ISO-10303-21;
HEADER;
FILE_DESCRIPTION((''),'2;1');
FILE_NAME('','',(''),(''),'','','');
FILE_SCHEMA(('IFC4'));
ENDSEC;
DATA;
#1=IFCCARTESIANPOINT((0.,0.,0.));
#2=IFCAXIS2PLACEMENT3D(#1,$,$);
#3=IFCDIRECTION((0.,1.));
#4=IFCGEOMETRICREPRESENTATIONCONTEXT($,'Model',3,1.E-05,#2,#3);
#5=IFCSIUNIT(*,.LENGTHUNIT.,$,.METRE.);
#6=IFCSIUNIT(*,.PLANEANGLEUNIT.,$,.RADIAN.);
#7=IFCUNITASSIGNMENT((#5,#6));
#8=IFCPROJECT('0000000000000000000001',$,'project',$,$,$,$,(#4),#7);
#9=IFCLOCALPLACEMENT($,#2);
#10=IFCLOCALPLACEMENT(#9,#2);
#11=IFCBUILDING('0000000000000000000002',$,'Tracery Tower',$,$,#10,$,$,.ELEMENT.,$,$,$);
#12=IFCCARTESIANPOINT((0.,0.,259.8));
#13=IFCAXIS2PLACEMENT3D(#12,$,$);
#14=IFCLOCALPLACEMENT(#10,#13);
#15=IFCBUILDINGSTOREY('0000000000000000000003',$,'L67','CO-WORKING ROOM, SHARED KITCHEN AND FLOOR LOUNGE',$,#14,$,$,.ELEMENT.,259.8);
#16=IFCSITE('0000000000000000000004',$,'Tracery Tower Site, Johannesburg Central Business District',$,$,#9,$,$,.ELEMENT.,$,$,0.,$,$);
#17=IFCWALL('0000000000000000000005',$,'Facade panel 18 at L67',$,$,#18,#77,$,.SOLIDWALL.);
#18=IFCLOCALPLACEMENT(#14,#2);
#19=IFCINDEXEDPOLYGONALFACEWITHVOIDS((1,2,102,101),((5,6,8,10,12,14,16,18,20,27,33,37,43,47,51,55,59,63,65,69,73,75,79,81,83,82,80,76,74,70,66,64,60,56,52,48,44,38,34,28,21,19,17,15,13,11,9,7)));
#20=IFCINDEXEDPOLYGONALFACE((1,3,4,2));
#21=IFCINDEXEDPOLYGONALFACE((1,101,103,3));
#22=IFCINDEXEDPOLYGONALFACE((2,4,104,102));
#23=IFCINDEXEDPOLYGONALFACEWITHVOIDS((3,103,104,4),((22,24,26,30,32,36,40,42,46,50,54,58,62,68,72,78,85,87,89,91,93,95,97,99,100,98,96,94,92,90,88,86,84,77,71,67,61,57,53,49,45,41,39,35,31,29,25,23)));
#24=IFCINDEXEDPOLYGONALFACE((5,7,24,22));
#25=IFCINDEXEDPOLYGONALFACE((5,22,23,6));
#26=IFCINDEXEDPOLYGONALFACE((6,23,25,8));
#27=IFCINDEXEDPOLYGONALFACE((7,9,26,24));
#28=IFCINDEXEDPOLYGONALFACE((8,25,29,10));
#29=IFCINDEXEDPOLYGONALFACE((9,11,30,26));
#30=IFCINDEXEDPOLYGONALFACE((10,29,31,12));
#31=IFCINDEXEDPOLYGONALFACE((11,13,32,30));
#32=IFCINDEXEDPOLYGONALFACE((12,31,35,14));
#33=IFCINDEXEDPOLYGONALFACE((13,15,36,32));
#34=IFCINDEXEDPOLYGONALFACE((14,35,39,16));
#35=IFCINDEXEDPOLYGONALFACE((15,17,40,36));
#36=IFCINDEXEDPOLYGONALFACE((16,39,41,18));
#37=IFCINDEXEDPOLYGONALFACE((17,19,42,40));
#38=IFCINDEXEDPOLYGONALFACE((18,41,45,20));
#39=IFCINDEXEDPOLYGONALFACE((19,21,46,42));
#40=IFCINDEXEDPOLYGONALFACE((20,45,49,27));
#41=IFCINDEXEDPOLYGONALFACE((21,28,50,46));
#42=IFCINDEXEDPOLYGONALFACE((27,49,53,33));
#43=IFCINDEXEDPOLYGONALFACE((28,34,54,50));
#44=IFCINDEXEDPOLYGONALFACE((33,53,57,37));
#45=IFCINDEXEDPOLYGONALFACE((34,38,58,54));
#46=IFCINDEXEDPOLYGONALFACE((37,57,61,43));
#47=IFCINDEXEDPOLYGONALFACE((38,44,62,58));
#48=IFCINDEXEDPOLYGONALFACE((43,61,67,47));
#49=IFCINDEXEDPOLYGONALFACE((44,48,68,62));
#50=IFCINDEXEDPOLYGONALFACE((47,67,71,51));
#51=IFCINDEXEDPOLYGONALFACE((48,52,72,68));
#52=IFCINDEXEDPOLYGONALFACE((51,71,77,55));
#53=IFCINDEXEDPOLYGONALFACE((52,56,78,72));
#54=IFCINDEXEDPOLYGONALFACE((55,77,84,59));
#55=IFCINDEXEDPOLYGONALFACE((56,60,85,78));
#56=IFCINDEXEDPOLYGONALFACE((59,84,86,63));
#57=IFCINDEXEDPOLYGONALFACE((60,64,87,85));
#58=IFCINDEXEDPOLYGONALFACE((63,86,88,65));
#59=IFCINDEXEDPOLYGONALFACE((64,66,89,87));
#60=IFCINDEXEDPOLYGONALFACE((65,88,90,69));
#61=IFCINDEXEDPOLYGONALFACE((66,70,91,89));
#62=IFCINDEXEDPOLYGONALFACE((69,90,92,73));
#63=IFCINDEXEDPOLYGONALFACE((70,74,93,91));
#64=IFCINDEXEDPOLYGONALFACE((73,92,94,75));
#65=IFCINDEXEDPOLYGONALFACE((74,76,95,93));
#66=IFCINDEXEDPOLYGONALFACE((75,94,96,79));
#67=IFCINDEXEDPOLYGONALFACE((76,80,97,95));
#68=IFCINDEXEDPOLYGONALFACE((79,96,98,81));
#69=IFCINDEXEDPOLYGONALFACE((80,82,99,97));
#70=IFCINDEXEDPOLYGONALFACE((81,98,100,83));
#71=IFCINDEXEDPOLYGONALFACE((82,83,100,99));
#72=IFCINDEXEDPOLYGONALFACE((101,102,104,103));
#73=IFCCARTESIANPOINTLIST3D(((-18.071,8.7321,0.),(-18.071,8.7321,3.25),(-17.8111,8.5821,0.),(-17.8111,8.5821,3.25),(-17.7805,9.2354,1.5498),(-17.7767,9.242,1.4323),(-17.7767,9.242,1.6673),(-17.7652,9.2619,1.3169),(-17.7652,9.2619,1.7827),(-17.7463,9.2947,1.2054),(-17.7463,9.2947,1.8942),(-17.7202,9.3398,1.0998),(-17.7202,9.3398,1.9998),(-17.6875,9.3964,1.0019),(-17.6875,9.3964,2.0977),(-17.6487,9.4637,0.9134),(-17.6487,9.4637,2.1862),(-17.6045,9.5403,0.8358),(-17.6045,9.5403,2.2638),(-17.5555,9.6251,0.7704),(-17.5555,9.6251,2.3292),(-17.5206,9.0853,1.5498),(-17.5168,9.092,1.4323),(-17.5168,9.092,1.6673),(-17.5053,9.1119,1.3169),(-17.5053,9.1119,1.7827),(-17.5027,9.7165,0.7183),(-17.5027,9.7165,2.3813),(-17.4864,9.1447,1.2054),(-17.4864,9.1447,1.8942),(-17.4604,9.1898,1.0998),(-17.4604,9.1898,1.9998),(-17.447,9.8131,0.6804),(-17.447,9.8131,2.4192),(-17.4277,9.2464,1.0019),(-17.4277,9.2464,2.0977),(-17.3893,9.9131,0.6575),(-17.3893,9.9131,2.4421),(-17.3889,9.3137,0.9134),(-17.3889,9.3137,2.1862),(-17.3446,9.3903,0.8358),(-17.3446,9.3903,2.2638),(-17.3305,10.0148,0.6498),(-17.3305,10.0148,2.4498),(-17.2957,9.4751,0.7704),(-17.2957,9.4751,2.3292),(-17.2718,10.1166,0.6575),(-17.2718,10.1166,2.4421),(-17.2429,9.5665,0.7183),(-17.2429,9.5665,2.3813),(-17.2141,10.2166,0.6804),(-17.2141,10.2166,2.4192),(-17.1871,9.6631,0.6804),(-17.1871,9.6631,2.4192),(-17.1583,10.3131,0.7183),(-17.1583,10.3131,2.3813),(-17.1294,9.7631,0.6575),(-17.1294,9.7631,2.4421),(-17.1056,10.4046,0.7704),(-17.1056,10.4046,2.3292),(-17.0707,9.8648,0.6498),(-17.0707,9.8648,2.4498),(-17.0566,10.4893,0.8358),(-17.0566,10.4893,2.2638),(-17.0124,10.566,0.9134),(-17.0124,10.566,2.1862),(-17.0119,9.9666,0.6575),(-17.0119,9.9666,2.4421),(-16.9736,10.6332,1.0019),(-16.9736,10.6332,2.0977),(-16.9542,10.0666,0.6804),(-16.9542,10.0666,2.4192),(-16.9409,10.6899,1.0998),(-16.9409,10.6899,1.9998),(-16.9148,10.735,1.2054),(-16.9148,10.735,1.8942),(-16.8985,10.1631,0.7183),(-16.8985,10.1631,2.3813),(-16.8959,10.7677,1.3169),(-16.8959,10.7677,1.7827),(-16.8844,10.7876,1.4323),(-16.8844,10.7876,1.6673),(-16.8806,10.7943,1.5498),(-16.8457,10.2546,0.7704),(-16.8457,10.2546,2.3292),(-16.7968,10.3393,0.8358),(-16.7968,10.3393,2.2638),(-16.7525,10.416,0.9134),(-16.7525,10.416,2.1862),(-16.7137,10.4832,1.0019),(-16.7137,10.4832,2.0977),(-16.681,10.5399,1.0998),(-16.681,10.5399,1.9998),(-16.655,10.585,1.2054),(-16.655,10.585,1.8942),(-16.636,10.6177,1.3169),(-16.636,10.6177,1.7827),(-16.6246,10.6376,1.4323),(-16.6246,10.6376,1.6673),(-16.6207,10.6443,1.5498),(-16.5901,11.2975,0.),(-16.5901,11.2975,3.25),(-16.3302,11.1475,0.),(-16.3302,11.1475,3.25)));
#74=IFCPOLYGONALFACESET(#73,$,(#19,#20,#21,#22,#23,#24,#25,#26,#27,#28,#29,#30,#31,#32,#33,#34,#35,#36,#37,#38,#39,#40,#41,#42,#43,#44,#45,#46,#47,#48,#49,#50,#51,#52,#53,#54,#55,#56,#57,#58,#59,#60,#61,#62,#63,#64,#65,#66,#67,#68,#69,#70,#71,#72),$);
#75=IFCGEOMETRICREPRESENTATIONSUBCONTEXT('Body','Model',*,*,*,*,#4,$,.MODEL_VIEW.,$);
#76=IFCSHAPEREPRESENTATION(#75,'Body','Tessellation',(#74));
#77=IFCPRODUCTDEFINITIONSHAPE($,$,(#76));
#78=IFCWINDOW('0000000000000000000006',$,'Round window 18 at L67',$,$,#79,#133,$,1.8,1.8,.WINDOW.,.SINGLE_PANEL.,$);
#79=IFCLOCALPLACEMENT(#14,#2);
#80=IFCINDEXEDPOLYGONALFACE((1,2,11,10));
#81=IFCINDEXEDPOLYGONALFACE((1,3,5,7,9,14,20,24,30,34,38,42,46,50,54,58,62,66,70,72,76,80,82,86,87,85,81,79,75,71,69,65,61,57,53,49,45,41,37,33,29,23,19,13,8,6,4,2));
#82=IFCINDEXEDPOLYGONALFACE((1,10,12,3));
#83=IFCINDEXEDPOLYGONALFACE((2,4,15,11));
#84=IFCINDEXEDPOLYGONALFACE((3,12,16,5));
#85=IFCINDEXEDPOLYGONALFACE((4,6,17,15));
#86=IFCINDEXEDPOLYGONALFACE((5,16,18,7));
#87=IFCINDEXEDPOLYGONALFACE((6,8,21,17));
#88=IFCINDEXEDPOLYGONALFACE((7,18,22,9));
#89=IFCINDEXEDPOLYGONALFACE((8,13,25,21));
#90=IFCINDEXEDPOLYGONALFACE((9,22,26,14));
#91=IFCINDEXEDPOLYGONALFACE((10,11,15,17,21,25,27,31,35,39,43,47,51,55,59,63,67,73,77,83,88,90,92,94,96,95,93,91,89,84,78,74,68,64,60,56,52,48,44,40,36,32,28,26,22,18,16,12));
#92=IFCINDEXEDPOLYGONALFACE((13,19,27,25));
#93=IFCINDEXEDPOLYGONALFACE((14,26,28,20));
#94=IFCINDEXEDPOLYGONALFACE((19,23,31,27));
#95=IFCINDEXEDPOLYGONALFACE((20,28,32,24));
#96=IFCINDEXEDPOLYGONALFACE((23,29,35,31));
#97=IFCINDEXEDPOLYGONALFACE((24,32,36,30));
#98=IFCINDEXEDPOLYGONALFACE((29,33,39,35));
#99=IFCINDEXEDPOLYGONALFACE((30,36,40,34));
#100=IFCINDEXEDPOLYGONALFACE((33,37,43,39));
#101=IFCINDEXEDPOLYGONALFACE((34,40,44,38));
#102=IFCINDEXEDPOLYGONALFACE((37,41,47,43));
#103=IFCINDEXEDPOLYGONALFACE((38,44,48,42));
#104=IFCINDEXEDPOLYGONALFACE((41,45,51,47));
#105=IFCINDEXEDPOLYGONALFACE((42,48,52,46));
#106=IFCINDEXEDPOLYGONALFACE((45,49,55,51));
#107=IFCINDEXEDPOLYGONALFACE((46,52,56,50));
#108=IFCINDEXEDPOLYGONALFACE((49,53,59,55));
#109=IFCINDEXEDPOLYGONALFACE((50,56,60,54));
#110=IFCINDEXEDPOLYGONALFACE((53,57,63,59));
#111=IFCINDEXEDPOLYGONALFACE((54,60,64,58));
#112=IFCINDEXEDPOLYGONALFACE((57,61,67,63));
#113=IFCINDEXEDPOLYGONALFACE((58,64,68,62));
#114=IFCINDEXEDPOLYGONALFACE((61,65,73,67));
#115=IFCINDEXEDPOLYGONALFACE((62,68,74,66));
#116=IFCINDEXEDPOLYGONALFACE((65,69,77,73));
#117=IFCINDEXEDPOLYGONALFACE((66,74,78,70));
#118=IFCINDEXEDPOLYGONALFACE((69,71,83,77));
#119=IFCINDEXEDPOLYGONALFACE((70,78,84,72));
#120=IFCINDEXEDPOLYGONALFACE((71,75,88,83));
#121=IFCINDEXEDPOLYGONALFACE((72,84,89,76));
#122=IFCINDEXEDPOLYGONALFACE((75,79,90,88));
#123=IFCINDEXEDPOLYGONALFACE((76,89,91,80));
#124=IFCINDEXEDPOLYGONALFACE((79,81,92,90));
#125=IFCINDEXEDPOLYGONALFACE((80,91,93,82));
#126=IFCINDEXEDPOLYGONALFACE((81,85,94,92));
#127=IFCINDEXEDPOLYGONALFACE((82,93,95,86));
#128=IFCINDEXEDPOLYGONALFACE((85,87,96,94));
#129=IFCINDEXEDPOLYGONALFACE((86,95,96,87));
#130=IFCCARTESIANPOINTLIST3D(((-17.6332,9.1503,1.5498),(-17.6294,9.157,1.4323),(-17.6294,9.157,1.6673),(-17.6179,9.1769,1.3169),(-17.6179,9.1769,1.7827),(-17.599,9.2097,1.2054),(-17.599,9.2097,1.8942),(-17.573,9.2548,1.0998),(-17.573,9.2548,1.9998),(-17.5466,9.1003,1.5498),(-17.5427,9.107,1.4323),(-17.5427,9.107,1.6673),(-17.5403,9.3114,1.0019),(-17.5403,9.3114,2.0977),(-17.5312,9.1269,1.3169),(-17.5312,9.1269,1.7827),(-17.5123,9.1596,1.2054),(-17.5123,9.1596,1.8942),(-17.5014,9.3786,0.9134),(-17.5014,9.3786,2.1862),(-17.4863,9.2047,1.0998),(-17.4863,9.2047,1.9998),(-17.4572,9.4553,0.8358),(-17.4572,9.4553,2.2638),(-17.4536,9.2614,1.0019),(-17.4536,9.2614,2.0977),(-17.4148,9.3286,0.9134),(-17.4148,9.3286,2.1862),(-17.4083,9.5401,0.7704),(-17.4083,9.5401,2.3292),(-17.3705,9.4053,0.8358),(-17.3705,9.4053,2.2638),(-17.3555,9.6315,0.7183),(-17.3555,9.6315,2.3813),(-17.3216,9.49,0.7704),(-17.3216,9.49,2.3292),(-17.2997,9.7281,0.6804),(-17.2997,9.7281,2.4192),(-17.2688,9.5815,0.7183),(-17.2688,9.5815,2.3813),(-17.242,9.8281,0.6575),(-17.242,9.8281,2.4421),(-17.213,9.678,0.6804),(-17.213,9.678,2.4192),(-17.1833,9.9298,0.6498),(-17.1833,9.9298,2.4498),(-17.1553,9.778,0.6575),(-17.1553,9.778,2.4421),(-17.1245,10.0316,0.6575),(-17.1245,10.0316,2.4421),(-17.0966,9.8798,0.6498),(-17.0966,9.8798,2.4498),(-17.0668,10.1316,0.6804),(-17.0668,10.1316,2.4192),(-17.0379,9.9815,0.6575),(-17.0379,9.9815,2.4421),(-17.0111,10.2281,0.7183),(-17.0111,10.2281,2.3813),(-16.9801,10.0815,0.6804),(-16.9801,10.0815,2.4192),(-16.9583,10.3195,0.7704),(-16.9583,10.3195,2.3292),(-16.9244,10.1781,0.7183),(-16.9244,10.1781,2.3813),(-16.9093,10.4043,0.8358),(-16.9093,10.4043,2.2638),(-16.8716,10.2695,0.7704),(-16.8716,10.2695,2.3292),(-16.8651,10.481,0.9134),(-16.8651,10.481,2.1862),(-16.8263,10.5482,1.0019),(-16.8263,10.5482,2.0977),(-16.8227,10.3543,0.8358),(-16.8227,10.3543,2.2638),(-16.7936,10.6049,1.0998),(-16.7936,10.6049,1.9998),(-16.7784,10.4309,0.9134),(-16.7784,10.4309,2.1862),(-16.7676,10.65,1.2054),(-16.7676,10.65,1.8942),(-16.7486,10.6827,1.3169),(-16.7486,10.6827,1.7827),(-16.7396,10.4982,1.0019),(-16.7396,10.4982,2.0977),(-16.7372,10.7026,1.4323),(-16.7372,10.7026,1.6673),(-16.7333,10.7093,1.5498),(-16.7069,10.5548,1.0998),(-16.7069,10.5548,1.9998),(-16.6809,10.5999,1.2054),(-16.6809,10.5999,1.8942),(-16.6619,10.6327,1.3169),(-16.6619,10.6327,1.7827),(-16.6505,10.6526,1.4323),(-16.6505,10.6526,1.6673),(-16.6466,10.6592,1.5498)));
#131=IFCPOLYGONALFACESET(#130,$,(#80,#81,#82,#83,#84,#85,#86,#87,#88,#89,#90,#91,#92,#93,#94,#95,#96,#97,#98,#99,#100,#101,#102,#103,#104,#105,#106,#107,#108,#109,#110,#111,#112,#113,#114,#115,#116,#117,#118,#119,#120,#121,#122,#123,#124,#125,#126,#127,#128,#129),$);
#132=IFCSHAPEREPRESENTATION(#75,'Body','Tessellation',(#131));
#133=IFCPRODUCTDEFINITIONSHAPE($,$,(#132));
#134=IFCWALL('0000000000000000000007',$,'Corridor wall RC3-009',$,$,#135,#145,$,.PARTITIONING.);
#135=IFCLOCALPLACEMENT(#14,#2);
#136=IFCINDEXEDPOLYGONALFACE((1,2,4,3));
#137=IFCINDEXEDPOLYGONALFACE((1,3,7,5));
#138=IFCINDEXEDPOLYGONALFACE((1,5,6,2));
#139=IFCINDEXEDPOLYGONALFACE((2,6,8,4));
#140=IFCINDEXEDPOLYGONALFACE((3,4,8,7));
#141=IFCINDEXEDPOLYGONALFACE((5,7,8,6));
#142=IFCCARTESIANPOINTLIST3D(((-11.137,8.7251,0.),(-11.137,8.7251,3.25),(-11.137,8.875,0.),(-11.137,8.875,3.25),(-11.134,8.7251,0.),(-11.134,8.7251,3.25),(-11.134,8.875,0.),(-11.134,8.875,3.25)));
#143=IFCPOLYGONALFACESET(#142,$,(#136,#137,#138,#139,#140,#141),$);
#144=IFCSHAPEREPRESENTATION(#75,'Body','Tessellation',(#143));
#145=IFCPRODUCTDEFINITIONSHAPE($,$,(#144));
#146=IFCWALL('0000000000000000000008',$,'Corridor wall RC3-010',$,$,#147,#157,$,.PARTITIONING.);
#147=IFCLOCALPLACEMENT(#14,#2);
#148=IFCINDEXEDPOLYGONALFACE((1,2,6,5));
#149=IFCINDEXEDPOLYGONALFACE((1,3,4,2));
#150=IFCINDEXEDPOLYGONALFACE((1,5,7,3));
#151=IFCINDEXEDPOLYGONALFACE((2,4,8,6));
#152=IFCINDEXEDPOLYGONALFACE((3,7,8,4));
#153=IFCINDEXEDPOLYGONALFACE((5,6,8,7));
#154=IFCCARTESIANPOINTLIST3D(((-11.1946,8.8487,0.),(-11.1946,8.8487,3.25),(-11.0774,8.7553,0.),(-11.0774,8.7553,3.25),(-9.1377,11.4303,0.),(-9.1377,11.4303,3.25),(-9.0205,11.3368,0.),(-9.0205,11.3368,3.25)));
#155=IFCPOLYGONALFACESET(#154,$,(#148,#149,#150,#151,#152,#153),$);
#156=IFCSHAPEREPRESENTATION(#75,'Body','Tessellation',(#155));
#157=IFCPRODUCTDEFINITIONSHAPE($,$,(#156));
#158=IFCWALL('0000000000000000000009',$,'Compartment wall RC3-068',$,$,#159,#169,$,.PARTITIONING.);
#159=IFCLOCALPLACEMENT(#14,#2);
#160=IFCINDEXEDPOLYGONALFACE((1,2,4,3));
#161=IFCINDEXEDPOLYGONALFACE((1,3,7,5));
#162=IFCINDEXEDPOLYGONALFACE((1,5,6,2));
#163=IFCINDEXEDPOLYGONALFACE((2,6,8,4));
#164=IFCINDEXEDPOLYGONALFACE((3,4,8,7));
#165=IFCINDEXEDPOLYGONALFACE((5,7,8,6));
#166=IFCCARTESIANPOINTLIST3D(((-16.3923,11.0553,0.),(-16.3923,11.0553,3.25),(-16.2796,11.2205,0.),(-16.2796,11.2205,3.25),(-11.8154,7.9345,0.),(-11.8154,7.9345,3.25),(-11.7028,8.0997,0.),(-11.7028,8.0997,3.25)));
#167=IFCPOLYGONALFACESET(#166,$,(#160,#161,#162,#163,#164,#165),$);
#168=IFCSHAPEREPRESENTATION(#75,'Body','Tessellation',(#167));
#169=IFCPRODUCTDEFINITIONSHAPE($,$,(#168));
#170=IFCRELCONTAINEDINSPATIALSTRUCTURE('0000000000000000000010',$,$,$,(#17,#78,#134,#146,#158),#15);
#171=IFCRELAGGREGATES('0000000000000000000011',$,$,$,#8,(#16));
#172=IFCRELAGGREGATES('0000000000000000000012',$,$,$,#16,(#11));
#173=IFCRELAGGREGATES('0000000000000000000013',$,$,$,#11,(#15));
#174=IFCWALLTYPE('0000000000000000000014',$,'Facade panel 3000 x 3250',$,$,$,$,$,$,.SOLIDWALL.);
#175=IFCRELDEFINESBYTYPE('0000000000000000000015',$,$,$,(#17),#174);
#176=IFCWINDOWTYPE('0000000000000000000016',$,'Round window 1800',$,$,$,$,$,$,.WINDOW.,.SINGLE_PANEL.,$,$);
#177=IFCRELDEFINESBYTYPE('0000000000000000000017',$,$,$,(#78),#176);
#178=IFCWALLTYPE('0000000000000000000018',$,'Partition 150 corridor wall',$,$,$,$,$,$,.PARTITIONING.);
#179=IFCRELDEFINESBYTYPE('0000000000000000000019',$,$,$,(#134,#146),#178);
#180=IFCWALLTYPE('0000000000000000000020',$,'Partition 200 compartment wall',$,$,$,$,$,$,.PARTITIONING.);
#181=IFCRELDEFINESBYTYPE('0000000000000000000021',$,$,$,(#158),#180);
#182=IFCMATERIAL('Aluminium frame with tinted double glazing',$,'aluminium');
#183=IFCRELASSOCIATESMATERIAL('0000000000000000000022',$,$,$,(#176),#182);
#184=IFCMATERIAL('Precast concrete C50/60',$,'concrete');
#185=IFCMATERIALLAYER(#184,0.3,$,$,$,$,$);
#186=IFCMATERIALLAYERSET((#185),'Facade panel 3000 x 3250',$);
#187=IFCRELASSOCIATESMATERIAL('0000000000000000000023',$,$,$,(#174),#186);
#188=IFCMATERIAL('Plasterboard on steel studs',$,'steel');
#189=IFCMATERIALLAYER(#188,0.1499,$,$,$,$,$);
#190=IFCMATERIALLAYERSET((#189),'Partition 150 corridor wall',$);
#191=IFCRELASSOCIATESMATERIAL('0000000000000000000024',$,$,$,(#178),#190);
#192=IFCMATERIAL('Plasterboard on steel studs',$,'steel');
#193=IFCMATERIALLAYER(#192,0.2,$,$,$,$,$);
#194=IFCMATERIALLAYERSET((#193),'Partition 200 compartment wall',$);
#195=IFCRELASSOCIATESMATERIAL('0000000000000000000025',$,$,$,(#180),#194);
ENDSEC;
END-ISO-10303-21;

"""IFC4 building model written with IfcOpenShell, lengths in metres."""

from ifc_helpers import new_model, si_unit, direction, frame, frame_2d, origin, origin_2d, place, context, subcontext, project, spatial, rectangle, circle, extrude, material, layer, layer_set, type_object, element, fill, save


model = new_model("IFC4")

# Units and contexts
model_context = context("Model", 3, precision=1e-05, world=origin(), true_north=direction((0.0, 1.0)))
body_context = subcontext(model_context, "Body", "Model", "MODEL_VIEW")
ifc_project = project(units=[si_unit("LENGTHUNIT", "METRE"), si_unit("PLANEANGLEUNIT", "RADIAN")], contexts=[model_context])

# Site, building, storey
site_placement = place(None, origin())
site = spatial("IfcSite", under=ifc_project, at=site_placement, Name="Tracery Tower Site, Johannesburg Central Business District", CompositionType="ELEMENT", RefElevation=0.0)
building_placement = place(site_placement, origin())
building = spatial("IfcBuilding", under=site, at=building_placement, Name="Tracery Tower", CompositionType="ELEMENT")
storey_placement = place(building_placement, frame((0.0, 0.0, 259.8)))
storey = spatial("IfcBuildingStorey", under=building, at=storey_placement, Name="L67", Description="CO-WORKING ROOM, SHARED KITCHEN AND FLOOR LOUNGE", CompositionType="ELEMENT", Elevation=259.8)

# Wall, opening, window
ifc_material_1 = material(Name="Aluminium frame with tinted double glazing", Category="aluminium")
window_type = type_object("IfcWindowType", Name="Round window 1800", PartitioningType="SINGLE_PANEL", PredefinedType="WINDOW", material=ifc_material_1)
ifc_material_2 = material(Name="Precast concrete C50/60", Category="concrete")
ifc_layer_1 = layer(ifc_material_2, 0.3)
ifc_layer_set_1 = layer_set([ifc_layer_1], Name="Facade panel 3000 x 3250")
wall_type_1 = type_object("IfcWallType", Name="Facade panel 3000 x 3250", PredefinedType="SOLIDWALL", material=ifc_layer_set_1)
wall_1_placement = place(storey_placement, frame((-16.4602, 11.2224, 0.0), z_axis=(0.0, 0.0, 1.0), x_axis=(-0.499951, -0.866054, 0.0)))
wall_1 = element("IfcWall", 1, at=wall_1_placement, inside=storey, type_object=wall_type_1, Name="Facade panel 18 at L67", PredefinedType="SOLIDWALL", context=body_context, shape_type="SweptSolid", body=[
    extrude(rectangle(XDim=2.9622, YDim=0.3, at=frame_2d((1.481, 0.0))), origin(), (0.0, 0.0, 1.0), 3.25),
])
opening_1_placement = place(wall_1_placement, frame((1.481, 0.0, 1.5498)))
opening_1 = element("IfcOpeningElement", 2, at=opening_1_placement, cuts=wall_1, PredefinedType="OPENING", context=body_context, shape_type="SweptSolid", body=[
    extrude(circle(Radius=0.9, at=origin_2d()), frame((0.0, 0.1599, 0.0), z_axis=(0.0, -1.0, 0.0), x_axis=(1.0, 0.0, 0.0)), (0.0, 0.0, 1.0), 0.3201),
])
window_1_placement = place(opening_1_placement, origin())
window_1 = element("IfcWindow", 3, at=window_1_placement, inside=storey, type_object=window_type, Name="Round window 18 at L67", OverallHeight=1.8, OverallWidth=1.8, PartitioningType="SINGLE_PANEL", PredefinedType="WINDOW", context=body_context, shape_type="SweptSolid", body=[
    extrude(circle(Radius=0.9, at=origin_2d()), frame((0.0, 0.1201, 0.0), z_axis=(0.0, -1.0, 0.0), x_axis=(1.0, 0.0, 0.0)), (0.0, 0.0, 1.0), 0.1001),
])
fill(opening_1, window_1)

# Walls
ifc_material_3 = material(Name="Plasterboard on steel studs", Category="steel")
ifc_layer_2 = layer(ifc_material_3, 0.1499)
ifc_layer_set_2 = layer_set([ifc_layer_2], Name="Partition 150 corridor wall")
wall_type_2 = type_object("IfcWallType", Name="Partition 150 corridor wall", PredefinedType="PARTITIONING", material=ifc_layer_set_2)
wall_2_placement = place(storey_placement, frame((-11.134, 8.8, 0.0), z_axis=(0.0, 0.0, 1.0), x_axis=(-1.0, 0.0, 0.0)))
element("IfcWall", 4, at=wall_2_placement, inside=storey, type_object=wall_type_2, Name="Corridor wall RC3-009", PredefinedType="PARTITIONING", context=body_context, shape_type="SweptSolid", body=[
    extrude(rectangle(XDim=0.0029, YDim=0.1499, at=frame_2d((0.0015, 0.0))), origin(), (0.0, 0.0, 1.0), 3.25),
])
wall_3_placement = place(storey_placement, frame((-11.136, 8.802, 0.0), z_axis=(0.0, 0.0, 1.0), x_axis=(0.623151, 0.782101, 0.0)))
element("IfcWall", 5, at=wall_3_placement, inside=storey, type_object=wall_type_2, Name="Corridor wall RC3-010", PredefinedType="PARTITIONING", context=body_context, shape_type="SweptSolid", body=[
    extrude(rectangle(XDim=3.3008, YDim=0.1499, at=frame_2d((1.6504, 0.0))), origin(), (0.0, 0.0, 1.0), 3.25),
])
ifc_material_4 = material(Name="Plasterboard on steel studs", Category="steel")
ifc_layer_3 = layer(ifc_material_4, 0.2)
ifc_layer_set_3 = layer_set([ifc_layer_3], Name="Partition 200 compartment wall")
wall_type_3 = type_object("IfcWallType", Name="Partition 200 compartment wall", PredefinedType="PARTITIONING", material=ifc_layer_set_3)
wall_4_placement = place(storey_placement, frame((-16.3359, 11.1379, 0.0), z_axis=(0.0, 0.0, 1.0), x_axis=(0.826208, -0.563366, 0.0)))
element("IfcWall", 6, at=wall_4_placement, inside=storey, type_object=wall_type_3, Name="Compartment wall RC3-068", PredefinedType="PARTITIONING", context=body_context, shape_type="SweptSolid", body=[
    extrude(rectangle(XDim=5.5396, YDim=0.2, at=frame_2d((2.7698, 0.0))), origin(), (0.0, 0.0, 1.0), 3.25),
])

save(model, "model.ifc")
